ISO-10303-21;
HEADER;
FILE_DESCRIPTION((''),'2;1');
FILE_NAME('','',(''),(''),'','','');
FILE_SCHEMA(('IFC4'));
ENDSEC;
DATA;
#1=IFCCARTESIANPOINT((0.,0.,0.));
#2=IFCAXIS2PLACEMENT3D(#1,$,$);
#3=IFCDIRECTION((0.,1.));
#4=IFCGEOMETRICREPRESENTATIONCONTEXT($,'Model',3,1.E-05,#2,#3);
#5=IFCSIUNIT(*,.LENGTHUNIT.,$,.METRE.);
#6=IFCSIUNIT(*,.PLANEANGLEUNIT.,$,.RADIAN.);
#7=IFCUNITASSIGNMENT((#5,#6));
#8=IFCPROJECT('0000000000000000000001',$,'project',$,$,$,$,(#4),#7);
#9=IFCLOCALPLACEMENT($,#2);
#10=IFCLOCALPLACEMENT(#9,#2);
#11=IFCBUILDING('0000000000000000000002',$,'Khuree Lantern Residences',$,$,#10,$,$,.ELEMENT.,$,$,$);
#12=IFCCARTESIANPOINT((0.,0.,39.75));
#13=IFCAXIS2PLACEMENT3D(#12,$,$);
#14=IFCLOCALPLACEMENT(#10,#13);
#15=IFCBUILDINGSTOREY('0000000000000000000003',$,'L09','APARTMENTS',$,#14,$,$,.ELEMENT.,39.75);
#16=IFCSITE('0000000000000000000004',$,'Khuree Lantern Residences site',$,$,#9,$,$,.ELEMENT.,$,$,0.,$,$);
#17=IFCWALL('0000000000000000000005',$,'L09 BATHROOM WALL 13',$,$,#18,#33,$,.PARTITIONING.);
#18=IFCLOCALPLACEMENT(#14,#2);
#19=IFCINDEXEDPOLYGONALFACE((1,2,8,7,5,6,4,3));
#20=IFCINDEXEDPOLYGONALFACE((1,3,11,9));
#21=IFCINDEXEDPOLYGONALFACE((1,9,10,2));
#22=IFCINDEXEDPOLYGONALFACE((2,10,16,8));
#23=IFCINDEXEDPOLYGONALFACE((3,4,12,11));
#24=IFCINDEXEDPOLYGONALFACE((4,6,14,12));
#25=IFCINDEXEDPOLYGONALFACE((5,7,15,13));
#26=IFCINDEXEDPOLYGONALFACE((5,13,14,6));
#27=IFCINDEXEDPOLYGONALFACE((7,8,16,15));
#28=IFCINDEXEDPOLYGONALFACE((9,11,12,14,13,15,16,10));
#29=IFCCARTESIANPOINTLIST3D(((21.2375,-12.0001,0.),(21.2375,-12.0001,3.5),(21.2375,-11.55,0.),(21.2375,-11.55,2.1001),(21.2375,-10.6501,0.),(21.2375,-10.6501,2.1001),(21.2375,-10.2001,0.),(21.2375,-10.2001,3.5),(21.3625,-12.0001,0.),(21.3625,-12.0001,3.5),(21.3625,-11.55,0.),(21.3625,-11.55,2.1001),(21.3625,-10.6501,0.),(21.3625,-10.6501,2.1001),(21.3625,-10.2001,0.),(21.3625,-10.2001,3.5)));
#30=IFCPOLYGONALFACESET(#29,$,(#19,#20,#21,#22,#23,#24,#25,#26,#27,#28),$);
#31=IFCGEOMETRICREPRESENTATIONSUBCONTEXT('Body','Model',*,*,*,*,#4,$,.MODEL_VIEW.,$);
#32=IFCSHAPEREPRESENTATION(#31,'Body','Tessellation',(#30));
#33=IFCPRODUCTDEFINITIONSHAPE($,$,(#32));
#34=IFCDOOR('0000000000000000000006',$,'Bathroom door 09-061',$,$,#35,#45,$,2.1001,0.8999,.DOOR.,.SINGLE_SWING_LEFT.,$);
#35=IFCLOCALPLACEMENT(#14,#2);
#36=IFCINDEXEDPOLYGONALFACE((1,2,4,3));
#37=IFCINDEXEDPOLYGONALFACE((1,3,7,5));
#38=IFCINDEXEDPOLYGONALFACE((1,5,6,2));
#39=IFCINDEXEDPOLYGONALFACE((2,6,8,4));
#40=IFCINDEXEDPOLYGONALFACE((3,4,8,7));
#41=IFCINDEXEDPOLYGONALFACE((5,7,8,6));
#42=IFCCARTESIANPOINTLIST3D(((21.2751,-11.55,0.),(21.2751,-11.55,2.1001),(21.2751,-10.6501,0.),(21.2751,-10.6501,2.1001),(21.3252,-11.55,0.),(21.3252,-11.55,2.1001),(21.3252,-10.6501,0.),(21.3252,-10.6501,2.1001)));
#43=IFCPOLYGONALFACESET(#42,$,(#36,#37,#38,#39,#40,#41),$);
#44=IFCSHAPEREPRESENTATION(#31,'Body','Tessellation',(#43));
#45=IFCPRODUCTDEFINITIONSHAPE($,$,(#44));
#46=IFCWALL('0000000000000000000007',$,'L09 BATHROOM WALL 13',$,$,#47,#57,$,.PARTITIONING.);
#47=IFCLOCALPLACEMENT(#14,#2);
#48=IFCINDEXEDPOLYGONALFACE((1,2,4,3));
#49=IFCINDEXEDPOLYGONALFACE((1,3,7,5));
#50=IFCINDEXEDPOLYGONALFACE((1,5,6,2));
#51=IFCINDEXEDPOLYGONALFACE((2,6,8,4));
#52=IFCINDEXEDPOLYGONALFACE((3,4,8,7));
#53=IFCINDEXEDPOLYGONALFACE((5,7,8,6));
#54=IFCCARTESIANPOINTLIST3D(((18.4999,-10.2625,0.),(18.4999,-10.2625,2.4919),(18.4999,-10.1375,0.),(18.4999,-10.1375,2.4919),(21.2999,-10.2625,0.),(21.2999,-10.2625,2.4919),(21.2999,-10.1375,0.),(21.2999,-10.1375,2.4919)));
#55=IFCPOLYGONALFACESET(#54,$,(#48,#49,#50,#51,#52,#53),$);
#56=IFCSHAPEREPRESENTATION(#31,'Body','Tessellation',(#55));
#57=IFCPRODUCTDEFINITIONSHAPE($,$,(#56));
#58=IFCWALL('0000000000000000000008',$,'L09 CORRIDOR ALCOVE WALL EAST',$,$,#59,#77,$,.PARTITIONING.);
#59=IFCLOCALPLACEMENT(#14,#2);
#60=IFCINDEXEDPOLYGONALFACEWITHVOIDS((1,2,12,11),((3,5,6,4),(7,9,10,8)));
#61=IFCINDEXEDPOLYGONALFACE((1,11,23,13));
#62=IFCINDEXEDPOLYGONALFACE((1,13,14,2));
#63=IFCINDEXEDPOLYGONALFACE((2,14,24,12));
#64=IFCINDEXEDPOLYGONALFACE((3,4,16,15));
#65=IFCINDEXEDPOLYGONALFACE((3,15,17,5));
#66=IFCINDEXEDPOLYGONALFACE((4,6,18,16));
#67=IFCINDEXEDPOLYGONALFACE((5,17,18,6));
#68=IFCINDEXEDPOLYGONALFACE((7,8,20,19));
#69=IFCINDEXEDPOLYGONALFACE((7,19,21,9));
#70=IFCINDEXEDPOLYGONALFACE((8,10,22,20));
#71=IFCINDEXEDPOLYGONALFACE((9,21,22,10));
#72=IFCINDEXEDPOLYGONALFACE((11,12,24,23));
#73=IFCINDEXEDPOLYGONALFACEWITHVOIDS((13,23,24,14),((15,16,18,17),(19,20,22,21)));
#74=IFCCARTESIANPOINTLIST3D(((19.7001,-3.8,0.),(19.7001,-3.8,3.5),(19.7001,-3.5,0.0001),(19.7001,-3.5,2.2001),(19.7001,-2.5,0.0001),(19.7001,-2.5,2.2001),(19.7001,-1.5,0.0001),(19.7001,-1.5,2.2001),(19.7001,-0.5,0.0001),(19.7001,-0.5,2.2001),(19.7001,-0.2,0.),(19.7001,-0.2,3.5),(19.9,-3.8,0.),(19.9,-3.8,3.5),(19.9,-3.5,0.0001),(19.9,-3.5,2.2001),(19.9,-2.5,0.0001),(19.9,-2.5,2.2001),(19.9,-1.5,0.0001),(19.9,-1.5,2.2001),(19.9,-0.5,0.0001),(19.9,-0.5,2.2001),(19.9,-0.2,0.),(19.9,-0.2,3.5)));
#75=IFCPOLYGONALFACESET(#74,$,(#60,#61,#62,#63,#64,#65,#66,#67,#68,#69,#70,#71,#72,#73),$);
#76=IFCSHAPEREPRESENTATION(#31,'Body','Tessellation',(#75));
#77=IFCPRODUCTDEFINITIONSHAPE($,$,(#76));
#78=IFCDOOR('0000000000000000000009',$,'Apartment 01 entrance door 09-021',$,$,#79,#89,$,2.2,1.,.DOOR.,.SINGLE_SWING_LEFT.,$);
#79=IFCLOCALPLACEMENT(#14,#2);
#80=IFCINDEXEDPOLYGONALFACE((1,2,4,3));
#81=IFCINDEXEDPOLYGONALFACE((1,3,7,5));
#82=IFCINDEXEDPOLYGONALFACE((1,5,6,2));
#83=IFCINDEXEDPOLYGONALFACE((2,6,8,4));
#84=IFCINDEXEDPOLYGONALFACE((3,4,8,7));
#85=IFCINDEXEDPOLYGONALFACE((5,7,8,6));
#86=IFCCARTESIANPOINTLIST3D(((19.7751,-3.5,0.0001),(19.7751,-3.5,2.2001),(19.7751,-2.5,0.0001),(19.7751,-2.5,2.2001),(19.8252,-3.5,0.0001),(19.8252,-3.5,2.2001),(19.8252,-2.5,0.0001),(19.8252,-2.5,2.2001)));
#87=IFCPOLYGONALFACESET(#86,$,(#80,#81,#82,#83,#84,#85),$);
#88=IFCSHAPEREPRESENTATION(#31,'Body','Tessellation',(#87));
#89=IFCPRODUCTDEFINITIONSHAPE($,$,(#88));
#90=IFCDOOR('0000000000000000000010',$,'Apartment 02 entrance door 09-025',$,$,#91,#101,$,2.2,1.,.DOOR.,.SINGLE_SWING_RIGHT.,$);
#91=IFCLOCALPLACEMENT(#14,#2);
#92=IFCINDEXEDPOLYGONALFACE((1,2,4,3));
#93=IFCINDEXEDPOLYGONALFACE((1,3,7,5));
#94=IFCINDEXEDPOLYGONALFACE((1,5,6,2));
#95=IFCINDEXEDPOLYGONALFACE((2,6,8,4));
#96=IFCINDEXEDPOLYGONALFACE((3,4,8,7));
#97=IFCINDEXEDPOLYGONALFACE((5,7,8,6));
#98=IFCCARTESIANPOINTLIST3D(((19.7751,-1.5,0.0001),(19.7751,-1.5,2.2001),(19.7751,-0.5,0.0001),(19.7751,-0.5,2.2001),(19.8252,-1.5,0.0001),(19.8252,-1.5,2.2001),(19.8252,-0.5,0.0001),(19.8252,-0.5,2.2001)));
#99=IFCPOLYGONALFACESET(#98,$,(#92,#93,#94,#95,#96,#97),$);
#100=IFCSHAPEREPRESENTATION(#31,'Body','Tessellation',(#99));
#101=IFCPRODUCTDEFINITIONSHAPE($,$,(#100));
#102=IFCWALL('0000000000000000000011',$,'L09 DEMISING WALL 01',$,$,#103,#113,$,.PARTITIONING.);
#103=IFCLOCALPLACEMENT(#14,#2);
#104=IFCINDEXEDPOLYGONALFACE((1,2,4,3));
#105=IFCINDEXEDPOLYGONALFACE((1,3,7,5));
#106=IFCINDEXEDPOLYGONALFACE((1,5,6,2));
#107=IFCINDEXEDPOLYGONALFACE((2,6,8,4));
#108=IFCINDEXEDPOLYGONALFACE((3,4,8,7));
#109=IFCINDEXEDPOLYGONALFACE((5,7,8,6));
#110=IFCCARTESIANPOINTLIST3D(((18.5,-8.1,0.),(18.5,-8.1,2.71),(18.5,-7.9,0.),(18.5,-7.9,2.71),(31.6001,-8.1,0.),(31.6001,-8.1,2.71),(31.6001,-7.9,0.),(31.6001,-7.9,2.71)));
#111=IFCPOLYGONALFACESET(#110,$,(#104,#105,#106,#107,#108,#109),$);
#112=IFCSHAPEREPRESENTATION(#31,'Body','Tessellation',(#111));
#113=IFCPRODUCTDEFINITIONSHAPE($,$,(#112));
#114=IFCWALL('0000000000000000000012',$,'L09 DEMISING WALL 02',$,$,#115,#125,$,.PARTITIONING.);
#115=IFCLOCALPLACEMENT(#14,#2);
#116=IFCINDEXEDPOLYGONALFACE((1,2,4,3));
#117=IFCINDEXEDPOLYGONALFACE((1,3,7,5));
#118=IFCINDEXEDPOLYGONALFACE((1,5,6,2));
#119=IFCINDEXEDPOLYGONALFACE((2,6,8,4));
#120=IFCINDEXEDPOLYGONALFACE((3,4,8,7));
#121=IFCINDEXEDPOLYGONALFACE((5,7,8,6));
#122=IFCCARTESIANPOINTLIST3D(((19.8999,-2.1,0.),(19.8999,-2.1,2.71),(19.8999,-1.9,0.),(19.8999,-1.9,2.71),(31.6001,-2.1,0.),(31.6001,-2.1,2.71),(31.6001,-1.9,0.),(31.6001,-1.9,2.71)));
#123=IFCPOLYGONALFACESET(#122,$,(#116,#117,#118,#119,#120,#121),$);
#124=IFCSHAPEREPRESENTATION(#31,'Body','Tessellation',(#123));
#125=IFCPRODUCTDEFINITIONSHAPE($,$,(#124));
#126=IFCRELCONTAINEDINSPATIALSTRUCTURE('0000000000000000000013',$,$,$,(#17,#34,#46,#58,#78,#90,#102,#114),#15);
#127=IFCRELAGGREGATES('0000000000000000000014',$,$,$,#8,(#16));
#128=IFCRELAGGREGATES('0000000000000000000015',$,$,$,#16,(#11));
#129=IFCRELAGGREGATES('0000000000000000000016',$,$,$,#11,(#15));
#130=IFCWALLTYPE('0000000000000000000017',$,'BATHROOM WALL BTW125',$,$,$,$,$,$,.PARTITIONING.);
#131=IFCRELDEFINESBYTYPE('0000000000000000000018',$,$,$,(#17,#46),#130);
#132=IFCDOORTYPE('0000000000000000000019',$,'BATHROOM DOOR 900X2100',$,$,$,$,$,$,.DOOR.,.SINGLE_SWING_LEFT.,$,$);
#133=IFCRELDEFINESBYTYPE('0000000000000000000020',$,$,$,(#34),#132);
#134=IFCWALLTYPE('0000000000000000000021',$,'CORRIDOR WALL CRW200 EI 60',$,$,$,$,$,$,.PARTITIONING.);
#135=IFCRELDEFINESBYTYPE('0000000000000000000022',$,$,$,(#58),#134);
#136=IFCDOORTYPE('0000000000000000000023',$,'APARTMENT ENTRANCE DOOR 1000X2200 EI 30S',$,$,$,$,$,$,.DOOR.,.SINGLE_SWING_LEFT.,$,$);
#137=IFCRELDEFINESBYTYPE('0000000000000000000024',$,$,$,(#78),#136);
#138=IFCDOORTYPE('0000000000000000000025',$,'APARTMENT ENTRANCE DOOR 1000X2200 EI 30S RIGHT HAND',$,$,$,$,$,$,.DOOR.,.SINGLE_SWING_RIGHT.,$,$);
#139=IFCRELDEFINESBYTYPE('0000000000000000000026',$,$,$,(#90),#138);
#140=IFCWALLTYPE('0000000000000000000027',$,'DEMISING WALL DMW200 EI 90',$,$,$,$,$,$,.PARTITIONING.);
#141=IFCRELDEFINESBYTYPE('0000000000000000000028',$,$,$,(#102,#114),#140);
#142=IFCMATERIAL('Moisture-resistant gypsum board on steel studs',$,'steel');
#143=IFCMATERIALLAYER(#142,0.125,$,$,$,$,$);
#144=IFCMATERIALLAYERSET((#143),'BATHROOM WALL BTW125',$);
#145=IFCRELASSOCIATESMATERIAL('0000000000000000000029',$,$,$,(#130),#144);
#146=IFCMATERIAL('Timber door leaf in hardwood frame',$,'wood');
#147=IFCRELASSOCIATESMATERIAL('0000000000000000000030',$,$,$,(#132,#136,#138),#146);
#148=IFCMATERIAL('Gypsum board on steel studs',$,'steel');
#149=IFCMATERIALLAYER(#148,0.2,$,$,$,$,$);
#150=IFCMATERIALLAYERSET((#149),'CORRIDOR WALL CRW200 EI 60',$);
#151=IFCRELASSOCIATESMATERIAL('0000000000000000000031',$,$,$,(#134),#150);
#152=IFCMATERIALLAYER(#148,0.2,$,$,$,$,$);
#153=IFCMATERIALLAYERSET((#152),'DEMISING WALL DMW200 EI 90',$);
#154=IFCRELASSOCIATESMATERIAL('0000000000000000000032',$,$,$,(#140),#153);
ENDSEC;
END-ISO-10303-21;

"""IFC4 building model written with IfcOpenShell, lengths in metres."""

from ifc_helpers import new_model, si_unit, direction, frame, frame_2d, origin, place, context, subcontext, project, spatial, rectangle, extrude, material, layer, layer_set, type_object, element, fill, save


model = new_model("IFC4")

# Units and contexts
model_context = context("Model", 3, precision=1e-05, world=origin(), true_north=direction((0.0, 1.0)))
body_context = subcontext(model_context, "Body", "Model", "MODEL_VIEW")
ifc_project = project(units=[si_unit("LENGTHUNIT", "METRE"), si_unit("PLANEANGLEUNIT", "RADIAN")], contexts=[model_context])

# Site, building, storey
site_placement = place(None, origin())
site = spatial("IfcSite", under=ifc_project, at=site_placement, Name="Khuree Lantern Residences site", CompositionType="ELEMENT", RefElevation=0.0)
building_placement = place(site_placement, origin())
building = spatial("IfcBuilding", under=site, at=building_placement, Name="Khuree Lantern Residences", CompositionType="ELEMENT")
storey_placement = place(building_placement, frame((0.0, 0.0, 39.75)))
storey = spatial("IfcBuildingStorey", under=building, at=storey_placement, Name="L09", Description="APARTMENTS", CompositionType="ELEMENT", Elevation=39.75)

# Shared definitions
ifc_material_1 = material(Name="Moisture-resistant gypsum board on steel studs", Category="steel")
ifc_layer_1 = layer(ifc_material_1, 0.125)
ifc_layer_set_1 = layer_set([ifc_layer_1], Name="BATHROOM WALL BTW125")
wall_type_1 = type_object("IfcWallType", Name="BATHROOM WALL BTW125", PredefinedType="PARTITIONING", material=ifc_layer_set_1)
ifc_material_2 = material(Name="Timber door leaf in hardwood frame", Category="wood")
door_type_1 = type_object("IfcDoorType", Name="BATHROOM DOOR 900X2100", OperationType="SINGLE_SWING_LEFT", PredefinedType="DOOR", material=ifc_material_2)

# Wall, opening, door
wall_1_placement = place(storey_placement, frame((21.3, -12.0, 0.0), z_axis=(0.0, 0.0, 1.0), x_axis=(0.0, 1.0, 0.0)))
wall_1 = element("IfcWall", 1, at=wall_1_placement, inside=storey, type_object=wall_type_1, Name="L09 BATHROOM WALL 13", PredefinedType="PARTITIONING", context=body_context, shape_type="SweptSolid", body=[
    extrude(rectangle(XDim=1.8, YDim=0.125, at=frame_2d((0.8999, 0.0))), origin(), (0.0, 0.0, 1.0), 3.5),
])
opening_1_placement = place(wall_1_placement, frame((0.45, 0.0, 0.0)))
opening_1 = element("IfcOpeningElement", 2, at=opening_1_placement, cuts=wall_1, PredefinedType="OPENING", context=body_context, shape_type="SweptSolid", body=[
    extrude(rectangle(XDim=0.8999, YDim=2.1001, at=frame_2d((0.45, 1.05))), frame((0.0, 0.0725, 0.0), z_axis=(0.0, -1.0, 0.0), x_axis=(1.0, 0.0, 0.0)), (0.0, 0.0, 1.0), 0.145),
])
door_1_placement = place(opening_1_placement, origin())
door_1 = element("IfcDoor", 3, at=door_1_placement, inside=storey, type_object=door_type_1, Name="Bathroom door 09-061", OperationType="SINGLE_SWING_LEFT", OverallHeight=2.1001, OverallWidth=0.8999, PredefinedType="DOOR", context=body_context, shape_type="SweptSolid", body=[
    extrude(rectangle(XDim=0.8999, YDim=2.1001, at=frame_2d((0.45, 1.05))), frame((0.0, 0.0249, 0.0), z_axis=(0.0, -1.0, 0.0), x_axis=(1.0, 0.0, 0.0)), (0.0, 0.0, 1.0), 0.05),
])
fill(opening_1, door_1)

# Wall
wall_2_placement = place(storey_placement, frame((18.5, -10.2, 0.0), z_axis=(0.0, 0.0, 1.0), x_axis=(1.0, 0.0, 0.0)))
element("IfcWall", 4, at=wall_2_placement, inside=storey, type_object=wall_type_1, Name="L09 BATHROOM WALL 13", PredefinedType="PARTITIONING", context=body_context, shape_type="SweptSolid", body=[
    extrude(rectangle(XDim=2.8, YDim=0.125, at=frame_2d((1.3999, 0.0))), origin(), (0.0, 0.0, 1.0), 2.4919),
])

# Wall, openings, doors
ifc_material_3 = material(Name="Gypsum board on steel studs", Category="steel")
ifc_layer_2 = layer(ifc_material_3, 0.2)
ifc_layer_set_2 = layer_set([ifc_layer_2], Name="CORRIDOR WALL CRW200 EI 60")
wall_type_2 = type_object("IfcWallType", Name="CORRIDOR WALL CRW200 EI 60", PredefinedType="PARTITIONING", material=ifc_layer_set_2)
wall_3_placement = place(storey_placement, frame((19.8, -3.8, 0.0), z_axis=(0.0, 0.0, 1.0), x_axis=(0.0, 1.0, 0.0)))
wall_3 = element("IfcWall", 5, at=wall_3_placement, inside=storey, type_object=wall_type_2, Name="L09 CORRIDOR ALCOVE WALL EAST", PredefinedType="PARTITIONING", context=body_context, shape_type="SweptSolid", body=[
    extrude(rectangle(XDim=3.6001, YDim=0.2, at=frame_2d((1.8, 0.0))), origin(), (0.0, 0.0, 1.0), 3.5),
])
opening_2_placement = place(wall_3_placement, frame((0.3, 0.0, 0.0)))
opening_2 = element("IfcOpeningElement", 6, at=opening_2_placement, cuts=wall_3, PredefinedType="OPENING", context=body_context, shape_type="SweptSolid", body=[
    extrude(rectangle(XDim=1.0, YDim=2.2, at=frame_2d((0.5, 1.1001))), frame((0.0, 0.1099, 0.0), z_axis=(0.0, -1.0, 0.0), x_axis=(1.0, 0.0, 0.0)), (0.0, 0.0, 1.0), 0.22),
])
opening_3_placement = place(wall_3_placement, frame((2.3, 0.0, 0.0)))
opening_3 = element("IfcOpeningElement", 7, at=opening_3_placement, cuts=wall_3, PredefinedType="OPENING", context=body_context, shape_type="SweptSolid", body=[
    extrude(rectangle(XDim=1.0, YDim=2.2, at=frame_2d((0.5, 1.1001))), frame((0.0, 0.1099, 0.0), z_axis=(0.0, -1.0, 0.0), x_axis=(1.0, 0.0, 0.0)), (0.0, 0.0, 1.0), 0.22),
])
door_type_2 = type_object("IfcDoorType", Name="APARTMENT ENTRANCE DOOR 1000X2200 EI 30S", OperationType="SINGLE_SWING_LEFT", PredefinedType="DOOR", material=ifc_material_2)
door_2_placement = place(opening_2_placement, origin())
door_2 = element("IfcDoor", 8, at=door_2_placement, inside=storey, type_object=door_type_2, Name="Apartment 01 entrance door 09-021", OperationType="SINGLE_SWING_LEFT", OverallHeight=2.2, OverallWidth=1.0, PredefinedType="DOOR", context=body_context, shape_type="SweptSolid", body=[
    extrude(rectangle(XDim=1.0, YDim=2.2, at=frame_2d((0.5, 1.1001))), frame((0.0, 0.0249, 0.0), z_axis=(0.0, -1.0, 0.0), x_axis=(1.0, 0.0, 0.0)), (0.0, 0.0, 1.0), 0.05),
])
fill(opening_2, door_2)
door_type_3 = type_object("IfcDoorType", Name="APARTMENT ENTRANCE DOOR 1000X2200 EI 30S RIGHT HAND", OperationType="SINGLE_SWING_RIGHT", PredefinedType="DOOR", material=ifc_material_2)
door_3_placement = place(opening_3_placement, origin())
door_3 = element("IfcDoor", 9, at=door_3_placement, inside=storey, type_object=door_type_3, Name="Apartment 02 entrance door 09-025", OperationType="SINGLE_SWING_RIGHT", OverallHeight=2.2, OverallWidth=1.0, PredefinedType="DOOR", context=body_context, shape_type="SweptSolid", body=[
    extrude(rectangle(XDim=1.0, YDim=2.2, at=frame_2d((0.5, 1.1001))), frame((0.0, 0.0249, 0.0), z_axis=(0.0, -1.0, 0.0), x_axis=(1.0, 0.0, 0.0)), (0.0, 0.0, 1.0), 0.05),
])
fill(opening_3, door_3)

# Walls
ifc_layer_3 = layer(ifc_material_3, 0.2)
ifc_layer_set_3 = layer_set([ifc_layer_3], Name="DEMISING WALL DMW200 EI 90")
wall_type_3 = type_object("IfcWallType", Name="DEMISING WALL DMW200 EI 90", PredefinedType="PARTITIONING", material=ifc_layer_set_3)
wall_4_placement = place(storey_placement, frame((18.5, -8.0, 0.0), z_axis=(0.0, 0.0, 1.0), x_axis=(1.0, 0.0, 0.0)))
element("IfcWall", 10, at=wall_4_placement, inside=storey, type_object=wall_type_3, Name="L09 DEMISING WALL 01", PredefinedType="PARTITIONING", context=body_context, shape_type="SweptSolid", body=[
    extrude(rectangle(XDim=13.1001, YDim=0.2, at=frame_2d((6.55, 0.0))), origin(), (0.0, 0.0, 1.0), 2.71),
])
wall_5_placement = place(storey_placement, frame((19.8999, -2.0, 0.0), z_axis=(0.0, 0.0, 1.0), x_axis=(1.0, 0.0, 0.0)))
element("IfcWall", 11, at=wall_5_placement, inside=storey, type_object=wall_type_3, Name="L09 DEMISING WALL 02", PredefinedType="PARTITIONING", context=body_context, shape_type="SweptSolid", body=[
    extrude(rectangle(XDim=11.7002, YDim=0.2, at=frame_2d((5.8501, 0.0))), origin(), (0.0, 0.0, 1.0), 2.71),
])

save(model, "model.ifc")
